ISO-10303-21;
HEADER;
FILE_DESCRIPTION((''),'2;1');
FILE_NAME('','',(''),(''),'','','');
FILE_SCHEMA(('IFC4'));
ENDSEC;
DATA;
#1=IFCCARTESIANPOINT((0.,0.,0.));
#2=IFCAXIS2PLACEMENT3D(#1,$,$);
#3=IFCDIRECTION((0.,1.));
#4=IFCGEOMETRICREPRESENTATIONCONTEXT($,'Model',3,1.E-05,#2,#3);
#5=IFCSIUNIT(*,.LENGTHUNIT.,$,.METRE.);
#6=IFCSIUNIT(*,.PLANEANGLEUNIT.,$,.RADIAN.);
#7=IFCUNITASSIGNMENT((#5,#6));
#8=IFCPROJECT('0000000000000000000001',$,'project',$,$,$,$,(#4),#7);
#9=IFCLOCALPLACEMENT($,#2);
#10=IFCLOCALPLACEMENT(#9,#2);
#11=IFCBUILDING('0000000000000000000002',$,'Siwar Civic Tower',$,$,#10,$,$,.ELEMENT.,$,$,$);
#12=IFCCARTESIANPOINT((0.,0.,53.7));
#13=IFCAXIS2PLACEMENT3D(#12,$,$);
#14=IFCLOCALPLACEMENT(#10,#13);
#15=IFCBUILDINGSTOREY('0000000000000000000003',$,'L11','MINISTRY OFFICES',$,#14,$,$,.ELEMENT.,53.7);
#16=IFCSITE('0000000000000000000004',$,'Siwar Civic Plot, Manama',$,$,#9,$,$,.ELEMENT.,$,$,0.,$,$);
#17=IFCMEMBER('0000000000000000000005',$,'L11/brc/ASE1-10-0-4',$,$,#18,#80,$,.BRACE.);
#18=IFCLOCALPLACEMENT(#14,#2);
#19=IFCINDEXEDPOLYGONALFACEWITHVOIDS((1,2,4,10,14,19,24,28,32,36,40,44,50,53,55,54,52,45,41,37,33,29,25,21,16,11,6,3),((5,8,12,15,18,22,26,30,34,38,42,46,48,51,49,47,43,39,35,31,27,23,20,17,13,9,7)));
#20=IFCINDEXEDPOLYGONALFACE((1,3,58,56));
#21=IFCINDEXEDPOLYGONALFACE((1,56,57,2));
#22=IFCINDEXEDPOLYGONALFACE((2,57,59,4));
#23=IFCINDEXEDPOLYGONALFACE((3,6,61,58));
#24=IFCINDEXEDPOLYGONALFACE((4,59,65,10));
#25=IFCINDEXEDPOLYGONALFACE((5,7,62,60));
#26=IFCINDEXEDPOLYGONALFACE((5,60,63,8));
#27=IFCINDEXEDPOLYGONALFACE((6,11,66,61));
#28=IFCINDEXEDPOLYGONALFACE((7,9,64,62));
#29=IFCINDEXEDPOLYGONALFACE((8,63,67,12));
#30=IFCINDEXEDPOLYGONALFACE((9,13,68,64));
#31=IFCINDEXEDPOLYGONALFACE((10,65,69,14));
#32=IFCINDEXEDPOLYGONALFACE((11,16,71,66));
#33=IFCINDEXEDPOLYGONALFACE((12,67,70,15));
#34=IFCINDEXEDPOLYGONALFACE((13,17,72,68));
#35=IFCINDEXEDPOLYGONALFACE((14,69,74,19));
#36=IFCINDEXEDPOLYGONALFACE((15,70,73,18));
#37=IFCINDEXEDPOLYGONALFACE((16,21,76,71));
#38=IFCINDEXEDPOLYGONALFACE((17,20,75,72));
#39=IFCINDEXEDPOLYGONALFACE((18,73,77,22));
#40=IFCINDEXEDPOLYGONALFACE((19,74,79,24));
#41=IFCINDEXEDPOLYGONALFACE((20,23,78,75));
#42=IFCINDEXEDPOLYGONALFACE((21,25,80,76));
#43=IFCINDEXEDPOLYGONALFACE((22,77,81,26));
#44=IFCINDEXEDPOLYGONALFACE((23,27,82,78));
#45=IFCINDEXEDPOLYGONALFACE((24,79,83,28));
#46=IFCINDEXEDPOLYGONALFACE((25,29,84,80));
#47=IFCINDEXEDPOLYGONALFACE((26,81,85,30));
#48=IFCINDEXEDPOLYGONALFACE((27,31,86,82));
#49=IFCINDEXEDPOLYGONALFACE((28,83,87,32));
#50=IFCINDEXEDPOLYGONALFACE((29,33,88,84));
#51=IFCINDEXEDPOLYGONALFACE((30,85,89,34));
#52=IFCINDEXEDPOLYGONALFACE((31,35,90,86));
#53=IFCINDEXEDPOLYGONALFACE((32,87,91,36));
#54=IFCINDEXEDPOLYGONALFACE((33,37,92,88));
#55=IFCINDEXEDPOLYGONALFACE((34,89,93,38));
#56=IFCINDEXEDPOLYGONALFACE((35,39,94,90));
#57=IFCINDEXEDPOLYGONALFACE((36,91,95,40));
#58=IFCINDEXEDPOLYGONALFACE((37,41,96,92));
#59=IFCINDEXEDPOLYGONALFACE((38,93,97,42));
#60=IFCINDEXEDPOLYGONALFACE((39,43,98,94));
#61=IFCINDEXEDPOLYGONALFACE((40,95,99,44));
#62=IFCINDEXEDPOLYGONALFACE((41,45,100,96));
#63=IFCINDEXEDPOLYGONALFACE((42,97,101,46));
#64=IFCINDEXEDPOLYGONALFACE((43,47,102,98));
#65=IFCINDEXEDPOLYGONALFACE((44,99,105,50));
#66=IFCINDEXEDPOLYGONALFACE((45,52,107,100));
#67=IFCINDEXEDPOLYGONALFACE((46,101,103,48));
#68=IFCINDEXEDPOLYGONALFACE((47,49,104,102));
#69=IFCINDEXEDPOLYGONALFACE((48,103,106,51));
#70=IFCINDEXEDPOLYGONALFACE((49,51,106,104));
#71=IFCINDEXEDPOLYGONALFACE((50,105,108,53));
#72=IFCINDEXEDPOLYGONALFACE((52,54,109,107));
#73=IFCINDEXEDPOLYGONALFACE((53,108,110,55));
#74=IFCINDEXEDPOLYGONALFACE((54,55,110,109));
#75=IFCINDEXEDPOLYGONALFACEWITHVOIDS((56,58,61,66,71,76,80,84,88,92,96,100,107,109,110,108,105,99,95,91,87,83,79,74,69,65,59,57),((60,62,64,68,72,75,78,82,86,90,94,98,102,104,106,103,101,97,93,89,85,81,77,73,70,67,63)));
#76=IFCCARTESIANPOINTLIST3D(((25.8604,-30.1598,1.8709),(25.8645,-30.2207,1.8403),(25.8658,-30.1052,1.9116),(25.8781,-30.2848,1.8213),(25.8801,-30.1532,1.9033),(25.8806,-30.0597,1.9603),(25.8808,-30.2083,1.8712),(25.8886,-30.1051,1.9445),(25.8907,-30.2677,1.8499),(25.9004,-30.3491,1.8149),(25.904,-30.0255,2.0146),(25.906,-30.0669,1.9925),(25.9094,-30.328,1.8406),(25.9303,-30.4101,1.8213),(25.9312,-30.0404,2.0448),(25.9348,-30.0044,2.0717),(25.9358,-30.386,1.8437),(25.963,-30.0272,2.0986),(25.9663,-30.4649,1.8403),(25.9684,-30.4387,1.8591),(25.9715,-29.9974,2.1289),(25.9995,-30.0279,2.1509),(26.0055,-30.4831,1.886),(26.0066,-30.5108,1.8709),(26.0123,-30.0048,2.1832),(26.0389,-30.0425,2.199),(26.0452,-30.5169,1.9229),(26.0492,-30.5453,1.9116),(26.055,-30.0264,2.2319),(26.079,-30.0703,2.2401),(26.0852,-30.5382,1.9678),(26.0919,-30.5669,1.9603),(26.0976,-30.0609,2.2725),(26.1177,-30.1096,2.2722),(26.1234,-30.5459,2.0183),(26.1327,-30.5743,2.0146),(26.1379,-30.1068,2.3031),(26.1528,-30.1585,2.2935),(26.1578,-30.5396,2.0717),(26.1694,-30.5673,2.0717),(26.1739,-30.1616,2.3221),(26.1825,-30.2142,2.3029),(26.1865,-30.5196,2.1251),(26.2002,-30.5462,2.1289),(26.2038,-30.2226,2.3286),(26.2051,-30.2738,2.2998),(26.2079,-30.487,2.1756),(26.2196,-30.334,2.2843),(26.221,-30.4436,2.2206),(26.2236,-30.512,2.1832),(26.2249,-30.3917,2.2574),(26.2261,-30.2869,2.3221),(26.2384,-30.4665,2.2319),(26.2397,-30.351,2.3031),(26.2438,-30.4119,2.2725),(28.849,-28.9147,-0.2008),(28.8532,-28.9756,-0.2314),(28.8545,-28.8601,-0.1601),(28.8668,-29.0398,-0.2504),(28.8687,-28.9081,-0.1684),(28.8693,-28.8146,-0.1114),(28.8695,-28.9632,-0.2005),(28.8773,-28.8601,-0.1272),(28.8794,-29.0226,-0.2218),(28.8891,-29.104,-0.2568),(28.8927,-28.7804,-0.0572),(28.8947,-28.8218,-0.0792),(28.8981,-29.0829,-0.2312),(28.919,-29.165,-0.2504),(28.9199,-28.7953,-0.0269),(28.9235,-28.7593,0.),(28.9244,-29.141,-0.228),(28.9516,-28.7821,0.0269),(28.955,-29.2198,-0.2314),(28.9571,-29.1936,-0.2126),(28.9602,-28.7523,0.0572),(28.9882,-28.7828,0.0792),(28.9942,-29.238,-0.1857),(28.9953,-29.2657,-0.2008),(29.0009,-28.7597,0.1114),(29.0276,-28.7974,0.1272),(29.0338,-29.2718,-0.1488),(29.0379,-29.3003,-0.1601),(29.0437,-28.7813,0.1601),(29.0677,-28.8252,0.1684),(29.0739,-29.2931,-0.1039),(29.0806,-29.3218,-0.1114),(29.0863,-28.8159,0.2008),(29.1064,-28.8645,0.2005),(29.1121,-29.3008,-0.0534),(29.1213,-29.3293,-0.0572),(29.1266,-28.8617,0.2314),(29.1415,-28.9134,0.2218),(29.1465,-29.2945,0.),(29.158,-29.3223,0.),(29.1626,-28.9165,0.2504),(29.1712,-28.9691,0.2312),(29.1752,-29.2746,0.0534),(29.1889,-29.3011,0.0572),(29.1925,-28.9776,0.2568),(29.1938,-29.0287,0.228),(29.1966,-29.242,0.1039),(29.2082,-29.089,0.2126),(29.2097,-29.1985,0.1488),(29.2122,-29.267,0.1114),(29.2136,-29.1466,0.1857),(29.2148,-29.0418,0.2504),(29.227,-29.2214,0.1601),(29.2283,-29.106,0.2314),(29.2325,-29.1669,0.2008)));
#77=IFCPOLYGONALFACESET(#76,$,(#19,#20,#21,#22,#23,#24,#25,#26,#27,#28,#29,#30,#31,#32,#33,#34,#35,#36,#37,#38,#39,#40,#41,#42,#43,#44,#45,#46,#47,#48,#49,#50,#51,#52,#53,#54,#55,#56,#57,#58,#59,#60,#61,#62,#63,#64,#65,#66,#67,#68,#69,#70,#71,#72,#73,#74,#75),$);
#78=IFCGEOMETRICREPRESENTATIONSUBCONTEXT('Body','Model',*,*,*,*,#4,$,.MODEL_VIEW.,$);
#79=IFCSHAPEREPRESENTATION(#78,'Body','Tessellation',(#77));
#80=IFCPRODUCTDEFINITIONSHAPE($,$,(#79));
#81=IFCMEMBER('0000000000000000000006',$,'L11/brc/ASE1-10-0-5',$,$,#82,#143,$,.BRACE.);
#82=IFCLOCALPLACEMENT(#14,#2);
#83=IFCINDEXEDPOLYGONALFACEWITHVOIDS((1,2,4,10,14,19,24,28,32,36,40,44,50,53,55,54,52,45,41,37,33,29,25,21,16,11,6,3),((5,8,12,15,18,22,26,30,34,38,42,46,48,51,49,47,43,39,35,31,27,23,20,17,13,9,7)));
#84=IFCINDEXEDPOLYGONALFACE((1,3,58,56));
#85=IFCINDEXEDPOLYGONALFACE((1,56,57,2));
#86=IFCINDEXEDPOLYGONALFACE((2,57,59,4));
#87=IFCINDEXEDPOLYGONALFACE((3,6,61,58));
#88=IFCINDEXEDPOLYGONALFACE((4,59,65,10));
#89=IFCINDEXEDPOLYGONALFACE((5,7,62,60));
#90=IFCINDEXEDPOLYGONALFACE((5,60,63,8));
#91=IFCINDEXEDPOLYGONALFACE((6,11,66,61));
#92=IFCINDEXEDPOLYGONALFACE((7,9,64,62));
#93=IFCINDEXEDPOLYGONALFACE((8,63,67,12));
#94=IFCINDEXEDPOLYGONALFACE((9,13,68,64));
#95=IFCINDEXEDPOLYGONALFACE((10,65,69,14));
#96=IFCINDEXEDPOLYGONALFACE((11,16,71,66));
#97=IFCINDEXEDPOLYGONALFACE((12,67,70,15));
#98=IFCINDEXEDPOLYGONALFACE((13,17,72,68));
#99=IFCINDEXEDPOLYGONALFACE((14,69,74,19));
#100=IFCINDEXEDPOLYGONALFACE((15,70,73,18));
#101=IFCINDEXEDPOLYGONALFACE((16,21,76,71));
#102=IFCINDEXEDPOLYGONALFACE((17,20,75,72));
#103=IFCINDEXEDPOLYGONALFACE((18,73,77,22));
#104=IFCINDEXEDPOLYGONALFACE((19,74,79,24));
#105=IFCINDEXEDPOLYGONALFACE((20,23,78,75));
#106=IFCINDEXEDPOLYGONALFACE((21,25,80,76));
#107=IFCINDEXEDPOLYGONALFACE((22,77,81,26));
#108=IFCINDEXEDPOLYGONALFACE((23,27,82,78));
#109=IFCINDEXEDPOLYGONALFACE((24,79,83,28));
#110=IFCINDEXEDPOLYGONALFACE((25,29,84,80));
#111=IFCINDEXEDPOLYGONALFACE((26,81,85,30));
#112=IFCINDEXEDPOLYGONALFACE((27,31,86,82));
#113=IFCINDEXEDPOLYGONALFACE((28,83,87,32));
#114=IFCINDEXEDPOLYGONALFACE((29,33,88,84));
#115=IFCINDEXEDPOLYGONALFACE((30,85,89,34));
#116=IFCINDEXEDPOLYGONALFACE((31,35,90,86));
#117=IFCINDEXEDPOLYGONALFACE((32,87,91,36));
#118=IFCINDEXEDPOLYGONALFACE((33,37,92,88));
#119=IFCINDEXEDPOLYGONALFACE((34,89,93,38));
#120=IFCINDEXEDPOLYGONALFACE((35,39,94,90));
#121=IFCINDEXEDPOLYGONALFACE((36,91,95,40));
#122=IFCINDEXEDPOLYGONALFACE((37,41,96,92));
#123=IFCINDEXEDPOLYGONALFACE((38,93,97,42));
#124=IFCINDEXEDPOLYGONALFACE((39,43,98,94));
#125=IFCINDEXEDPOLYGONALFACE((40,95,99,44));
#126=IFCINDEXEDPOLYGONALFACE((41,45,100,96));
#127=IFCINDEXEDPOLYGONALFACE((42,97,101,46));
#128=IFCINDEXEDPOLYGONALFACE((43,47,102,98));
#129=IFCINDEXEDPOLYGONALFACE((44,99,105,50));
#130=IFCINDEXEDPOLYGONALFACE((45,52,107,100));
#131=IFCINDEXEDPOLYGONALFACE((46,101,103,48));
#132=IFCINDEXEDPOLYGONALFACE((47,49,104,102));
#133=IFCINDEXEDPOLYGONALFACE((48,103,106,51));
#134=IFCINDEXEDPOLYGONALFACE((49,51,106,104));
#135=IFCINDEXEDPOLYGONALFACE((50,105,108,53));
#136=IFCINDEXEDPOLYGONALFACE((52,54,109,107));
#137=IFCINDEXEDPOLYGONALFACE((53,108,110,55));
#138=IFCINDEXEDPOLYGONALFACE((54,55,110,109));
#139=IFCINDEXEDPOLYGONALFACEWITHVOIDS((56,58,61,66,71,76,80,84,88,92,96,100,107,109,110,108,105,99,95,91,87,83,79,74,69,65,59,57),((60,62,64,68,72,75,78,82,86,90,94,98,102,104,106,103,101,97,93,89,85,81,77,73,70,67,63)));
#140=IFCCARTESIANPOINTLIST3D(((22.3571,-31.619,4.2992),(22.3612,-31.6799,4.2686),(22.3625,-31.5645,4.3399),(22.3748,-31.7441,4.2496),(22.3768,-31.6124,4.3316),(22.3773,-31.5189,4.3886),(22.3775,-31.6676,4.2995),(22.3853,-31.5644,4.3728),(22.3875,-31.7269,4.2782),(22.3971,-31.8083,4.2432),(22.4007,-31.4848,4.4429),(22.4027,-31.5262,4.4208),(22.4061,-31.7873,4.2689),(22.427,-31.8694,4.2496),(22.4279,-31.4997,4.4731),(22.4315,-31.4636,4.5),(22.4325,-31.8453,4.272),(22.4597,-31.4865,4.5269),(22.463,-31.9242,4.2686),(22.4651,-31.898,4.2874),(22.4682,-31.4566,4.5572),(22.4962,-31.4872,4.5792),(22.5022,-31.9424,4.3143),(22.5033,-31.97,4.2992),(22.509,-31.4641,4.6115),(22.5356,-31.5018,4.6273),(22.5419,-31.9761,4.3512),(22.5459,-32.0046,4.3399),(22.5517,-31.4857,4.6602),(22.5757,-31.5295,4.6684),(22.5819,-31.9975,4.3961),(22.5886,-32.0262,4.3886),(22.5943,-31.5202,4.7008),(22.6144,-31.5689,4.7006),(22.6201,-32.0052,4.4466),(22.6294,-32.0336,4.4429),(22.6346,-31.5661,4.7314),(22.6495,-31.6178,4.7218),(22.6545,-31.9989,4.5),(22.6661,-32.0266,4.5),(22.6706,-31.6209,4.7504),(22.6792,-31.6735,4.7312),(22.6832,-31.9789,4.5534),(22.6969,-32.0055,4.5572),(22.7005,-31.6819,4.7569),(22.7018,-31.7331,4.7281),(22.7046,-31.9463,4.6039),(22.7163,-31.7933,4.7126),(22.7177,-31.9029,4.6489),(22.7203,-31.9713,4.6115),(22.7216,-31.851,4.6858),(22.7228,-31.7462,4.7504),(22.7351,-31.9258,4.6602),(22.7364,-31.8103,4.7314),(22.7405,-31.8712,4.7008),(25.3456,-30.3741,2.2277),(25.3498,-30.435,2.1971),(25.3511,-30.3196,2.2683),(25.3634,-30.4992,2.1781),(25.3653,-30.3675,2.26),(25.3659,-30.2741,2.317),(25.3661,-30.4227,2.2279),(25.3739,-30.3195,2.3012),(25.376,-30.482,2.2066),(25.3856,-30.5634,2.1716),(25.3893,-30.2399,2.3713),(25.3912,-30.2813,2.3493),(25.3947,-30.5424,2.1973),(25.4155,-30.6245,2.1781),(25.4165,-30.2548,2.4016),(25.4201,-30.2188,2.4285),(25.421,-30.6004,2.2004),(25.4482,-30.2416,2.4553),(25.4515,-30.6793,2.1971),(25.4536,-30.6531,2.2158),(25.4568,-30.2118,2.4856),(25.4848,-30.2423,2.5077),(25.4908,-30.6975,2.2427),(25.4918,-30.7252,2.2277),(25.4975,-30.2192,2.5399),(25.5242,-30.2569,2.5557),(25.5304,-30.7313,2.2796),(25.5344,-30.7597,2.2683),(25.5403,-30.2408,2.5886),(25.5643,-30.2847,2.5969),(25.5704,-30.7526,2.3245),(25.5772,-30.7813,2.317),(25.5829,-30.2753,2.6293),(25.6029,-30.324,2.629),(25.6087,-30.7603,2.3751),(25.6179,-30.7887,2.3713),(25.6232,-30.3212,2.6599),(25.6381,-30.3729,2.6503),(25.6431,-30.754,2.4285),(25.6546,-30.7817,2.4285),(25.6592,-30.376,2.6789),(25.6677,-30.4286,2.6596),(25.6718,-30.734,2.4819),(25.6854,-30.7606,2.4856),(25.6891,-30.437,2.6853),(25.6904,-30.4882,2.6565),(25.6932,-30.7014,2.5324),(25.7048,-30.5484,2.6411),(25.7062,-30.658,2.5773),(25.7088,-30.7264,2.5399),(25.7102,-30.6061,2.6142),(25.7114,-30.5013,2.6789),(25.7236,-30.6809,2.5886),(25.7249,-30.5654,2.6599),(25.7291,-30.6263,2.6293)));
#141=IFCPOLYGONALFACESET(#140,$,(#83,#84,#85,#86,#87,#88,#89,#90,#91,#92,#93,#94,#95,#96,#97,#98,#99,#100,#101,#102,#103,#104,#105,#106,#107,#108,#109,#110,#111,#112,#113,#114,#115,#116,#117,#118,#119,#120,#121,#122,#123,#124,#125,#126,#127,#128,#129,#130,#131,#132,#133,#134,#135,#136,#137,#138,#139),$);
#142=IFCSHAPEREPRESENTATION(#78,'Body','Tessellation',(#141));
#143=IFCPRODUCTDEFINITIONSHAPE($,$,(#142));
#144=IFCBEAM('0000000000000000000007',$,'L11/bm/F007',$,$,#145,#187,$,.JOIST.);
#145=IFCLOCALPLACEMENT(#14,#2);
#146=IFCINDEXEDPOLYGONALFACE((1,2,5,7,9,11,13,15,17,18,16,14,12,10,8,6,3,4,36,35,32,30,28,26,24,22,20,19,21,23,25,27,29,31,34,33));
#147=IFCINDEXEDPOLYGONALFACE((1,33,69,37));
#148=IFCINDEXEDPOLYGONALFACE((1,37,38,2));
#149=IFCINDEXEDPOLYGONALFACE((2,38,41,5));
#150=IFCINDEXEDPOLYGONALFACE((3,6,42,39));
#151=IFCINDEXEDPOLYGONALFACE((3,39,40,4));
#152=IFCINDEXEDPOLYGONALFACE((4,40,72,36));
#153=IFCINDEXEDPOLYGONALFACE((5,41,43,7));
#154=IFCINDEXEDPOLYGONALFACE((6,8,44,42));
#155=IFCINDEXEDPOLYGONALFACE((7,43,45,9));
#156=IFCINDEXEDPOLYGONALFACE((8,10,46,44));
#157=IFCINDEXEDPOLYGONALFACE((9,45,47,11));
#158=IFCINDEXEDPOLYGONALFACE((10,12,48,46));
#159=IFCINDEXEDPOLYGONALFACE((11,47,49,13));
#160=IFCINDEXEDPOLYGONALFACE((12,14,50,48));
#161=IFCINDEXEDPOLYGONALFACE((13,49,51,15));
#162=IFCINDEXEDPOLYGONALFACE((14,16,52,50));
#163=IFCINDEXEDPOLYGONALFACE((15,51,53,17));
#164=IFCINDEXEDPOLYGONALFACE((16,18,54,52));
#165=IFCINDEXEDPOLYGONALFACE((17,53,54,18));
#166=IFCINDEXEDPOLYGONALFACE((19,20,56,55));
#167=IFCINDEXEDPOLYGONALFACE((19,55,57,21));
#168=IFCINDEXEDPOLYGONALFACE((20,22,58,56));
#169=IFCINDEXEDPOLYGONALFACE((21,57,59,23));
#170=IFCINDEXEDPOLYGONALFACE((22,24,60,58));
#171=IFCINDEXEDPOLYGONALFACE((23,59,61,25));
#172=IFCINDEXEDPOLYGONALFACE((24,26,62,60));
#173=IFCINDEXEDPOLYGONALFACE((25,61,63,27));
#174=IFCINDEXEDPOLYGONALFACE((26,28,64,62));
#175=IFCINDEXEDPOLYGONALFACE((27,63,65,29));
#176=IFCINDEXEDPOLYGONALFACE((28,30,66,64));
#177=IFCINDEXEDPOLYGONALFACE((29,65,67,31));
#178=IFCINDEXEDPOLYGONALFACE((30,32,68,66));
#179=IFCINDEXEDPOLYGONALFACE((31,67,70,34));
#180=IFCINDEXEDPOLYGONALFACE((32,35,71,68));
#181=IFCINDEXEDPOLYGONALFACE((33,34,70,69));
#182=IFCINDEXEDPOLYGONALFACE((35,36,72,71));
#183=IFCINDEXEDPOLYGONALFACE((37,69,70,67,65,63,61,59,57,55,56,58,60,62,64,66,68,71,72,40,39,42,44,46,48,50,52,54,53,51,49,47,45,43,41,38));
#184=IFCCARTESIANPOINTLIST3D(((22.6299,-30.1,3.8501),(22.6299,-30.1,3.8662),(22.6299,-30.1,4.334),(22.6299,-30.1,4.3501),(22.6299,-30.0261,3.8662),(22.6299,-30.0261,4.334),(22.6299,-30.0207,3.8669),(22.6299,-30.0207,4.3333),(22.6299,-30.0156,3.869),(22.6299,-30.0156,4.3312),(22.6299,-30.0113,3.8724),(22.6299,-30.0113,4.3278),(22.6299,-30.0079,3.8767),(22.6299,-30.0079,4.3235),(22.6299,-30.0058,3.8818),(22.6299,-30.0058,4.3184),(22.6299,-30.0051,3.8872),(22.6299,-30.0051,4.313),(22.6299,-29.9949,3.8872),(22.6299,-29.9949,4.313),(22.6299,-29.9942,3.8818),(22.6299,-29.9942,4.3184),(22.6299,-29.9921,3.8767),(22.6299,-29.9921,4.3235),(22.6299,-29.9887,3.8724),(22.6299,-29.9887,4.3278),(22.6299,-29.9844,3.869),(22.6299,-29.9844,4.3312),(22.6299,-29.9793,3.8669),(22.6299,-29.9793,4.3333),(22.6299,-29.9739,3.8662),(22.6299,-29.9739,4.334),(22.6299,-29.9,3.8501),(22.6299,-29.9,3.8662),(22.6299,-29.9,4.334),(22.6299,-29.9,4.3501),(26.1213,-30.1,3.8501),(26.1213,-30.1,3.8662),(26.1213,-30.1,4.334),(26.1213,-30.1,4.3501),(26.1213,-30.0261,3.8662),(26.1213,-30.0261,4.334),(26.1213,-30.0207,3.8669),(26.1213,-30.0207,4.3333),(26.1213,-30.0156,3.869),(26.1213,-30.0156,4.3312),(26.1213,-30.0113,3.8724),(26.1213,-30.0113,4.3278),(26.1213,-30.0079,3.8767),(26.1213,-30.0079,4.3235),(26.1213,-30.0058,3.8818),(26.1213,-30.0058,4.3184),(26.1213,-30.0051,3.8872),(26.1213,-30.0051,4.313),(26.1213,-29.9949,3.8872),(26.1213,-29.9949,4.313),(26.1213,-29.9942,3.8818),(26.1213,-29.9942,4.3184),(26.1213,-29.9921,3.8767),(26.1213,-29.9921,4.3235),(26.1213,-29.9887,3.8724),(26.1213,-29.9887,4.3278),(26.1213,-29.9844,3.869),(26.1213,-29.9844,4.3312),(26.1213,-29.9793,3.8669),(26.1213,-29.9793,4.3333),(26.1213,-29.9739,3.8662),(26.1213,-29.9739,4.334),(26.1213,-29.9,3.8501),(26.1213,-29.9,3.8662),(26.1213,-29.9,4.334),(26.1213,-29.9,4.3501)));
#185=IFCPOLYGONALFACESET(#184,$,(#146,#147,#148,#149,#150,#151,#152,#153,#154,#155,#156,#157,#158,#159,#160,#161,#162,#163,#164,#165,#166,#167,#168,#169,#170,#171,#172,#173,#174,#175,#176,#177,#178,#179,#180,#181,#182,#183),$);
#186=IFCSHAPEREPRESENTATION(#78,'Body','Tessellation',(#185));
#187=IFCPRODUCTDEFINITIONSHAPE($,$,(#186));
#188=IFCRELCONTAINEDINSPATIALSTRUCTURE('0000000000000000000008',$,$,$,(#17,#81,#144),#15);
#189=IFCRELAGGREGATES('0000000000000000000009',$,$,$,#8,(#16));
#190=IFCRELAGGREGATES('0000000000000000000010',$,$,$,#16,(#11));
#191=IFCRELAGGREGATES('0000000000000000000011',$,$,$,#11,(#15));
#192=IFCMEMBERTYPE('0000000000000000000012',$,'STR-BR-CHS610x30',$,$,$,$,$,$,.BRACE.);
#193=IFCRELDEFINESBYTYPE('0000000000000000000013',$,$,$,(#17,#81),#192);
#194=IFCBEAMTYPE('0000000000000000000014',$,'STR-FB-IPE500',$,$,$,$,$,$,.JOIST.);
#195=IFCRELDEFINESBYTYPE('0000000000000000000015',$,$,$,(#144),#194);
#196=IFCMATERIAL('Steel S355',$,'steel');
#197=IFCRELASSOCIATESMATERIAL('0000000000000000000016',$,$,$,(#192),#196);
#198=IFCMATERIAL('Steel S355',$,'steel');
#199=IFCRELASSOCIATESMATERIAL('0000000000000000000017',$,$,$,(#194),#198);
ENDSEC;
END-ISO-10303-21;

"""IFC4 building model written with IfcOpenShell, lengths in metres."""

from ifc_helpers import new_model, si_unit, direction, frame, origin, origin_2d, place, context, subcontext, project, spatial, hollow_circle, i_section, extrude, material, material_profile, profile_set, type_object, element, save


model = new_model("IFC4")

# Units and contexts
model_context = context("Model", 3, precision=1e-05, world=origin(), true_north=direction((0.0, 1.0)))
body_context = subcontext(model_context, "Body", "Model", "MODEL_VIEW")
ifc_project = project(units=[si_unit("LENGTHUNIT", "METRE"), si_unit("PLANEANGLEUNIT", "RADIAN")], contexts=[model_context])

# Site, building, storey
site_placement = place(None, origin())
site = spatial("IfcSite", under=ifc_project, at=site_placement, Name="Siwar Civic Plot, Manama", CompositionType="ELEMENT", RefElevation=0.0)
building_placement = place(site_placement, origin())
building = spatial("IfcBuilding", under=site, at=building_placement, Name="Siwar Civic Tower", CompositionType="ELEMENT")
storey_placement = place(building_placement, frame((0.0, 0.0, 53.7)))
storey = spatial("IfcBuildingStorey", under=building, at=storey_placement, Name="L11", Description="MINISTRY OFFICES", CompositionType="ELEMENT", Elevation=53.7)

# Members
ifc_material_1 = material(Name="Steel S355", Category="steel")
ifc_material_profile_1 = material_profile(ifc_material_1, hollow_circle(Radius=0.3049, WallThickness=0.03, at=origin_2d()), Name="CHS610x30")
ifc_profile_set_1 = profile_set([ifc_material_profile_1], Name="Steel S355")
member_type_1 = type_object("IfcMemberType", Name="STR-BR-CHS610x30", PredefinedType="BRACE", material=ifc_profile_set_1)
member_1_placement = place(storey_placement, frame((29.0408, -29.0408, 0.0), z_axis=(-0.777542, -0.323923, 0.538982), x_axis=(0.384562, -0.923099, 0.0)))
element("IfcMember", 1, at=member_1_placement, inside=storey, type_object=member_type_1, Name="L11/brc/ASE1-10-0-4", PredefinedType="BRACE", context=body_context, shape_type="SweptSolid", body=[
    extrude(hollow_circle(Radius=0.3049, WallThickness=0.03, at=origin_2d()), origin(), (0.0, 0.0, 1.0), 3.8438),
])
member_2_placement = place(storey_placement, frame((25.5374, -30.5002, 2.4285), z_axis=(-0.77756, -0.323893, 0.538975), x_axis=(0.384524, -0.923115, 0.0)))
element("IfcMember", 2, at=member_2_placement, inside=storey, type_object=member_type_1, Name="L11/brc/ASE1-10-0-5", PredefinedType="BRACE", context=body_context, shape_type="SweptSolid", body=[
    extrude(hollow_circle(Radius=0.3049, WallThickness=0.03, at=origin_2d()), origin(), (0.0, 0.0, 1.0), 3.8435),
])

# Beam
ifc_material_2 = material(Name="Steel S355", Category="steel")
ifc_material_profile_2 = material_profile(ifc_material_2, i_section(OverallWidth=0.2, OverallDepth=0.5, WebThickness=0.0103, FlangeThickness=0.0161, FilletRadius=0.021, at=origin_2d()), Name="IPE500")
ifc_profile_set_2 = profile_set([ifc_material_profile_2], Name="Steel S355")
beam_type_1 = type_object("IfcBeamType", Name="STR-FB-IPE500", PredefinedType="JOIST", material=ifc_profile_set_2)
beam_1_placement = place(storey_placement, frame((22.6299, -30.0, 4.1001), z_axis=(1.0, 0.0, 0.0), x_axis=(0.0, 1.0, 0.0)))
element("IfcBeam", 3, at=beam_1_placement, inside=storey, type_object=beam_type_1, Name="L11/bm/F007", PredefinedType="JOIST", context=body_context, shape_type="SweptSolid", body=[
    extrude(i_section(OverallWidth=0.2, OverallDepth=0.5, WebThickness=0.0103, FlangeThickness=0.0161, FilletRadius=0.021, at=origin_2d()), origin(), (0.0, 0.0, 1.0), 3.4915),
])

save(model, "model.ifc")
